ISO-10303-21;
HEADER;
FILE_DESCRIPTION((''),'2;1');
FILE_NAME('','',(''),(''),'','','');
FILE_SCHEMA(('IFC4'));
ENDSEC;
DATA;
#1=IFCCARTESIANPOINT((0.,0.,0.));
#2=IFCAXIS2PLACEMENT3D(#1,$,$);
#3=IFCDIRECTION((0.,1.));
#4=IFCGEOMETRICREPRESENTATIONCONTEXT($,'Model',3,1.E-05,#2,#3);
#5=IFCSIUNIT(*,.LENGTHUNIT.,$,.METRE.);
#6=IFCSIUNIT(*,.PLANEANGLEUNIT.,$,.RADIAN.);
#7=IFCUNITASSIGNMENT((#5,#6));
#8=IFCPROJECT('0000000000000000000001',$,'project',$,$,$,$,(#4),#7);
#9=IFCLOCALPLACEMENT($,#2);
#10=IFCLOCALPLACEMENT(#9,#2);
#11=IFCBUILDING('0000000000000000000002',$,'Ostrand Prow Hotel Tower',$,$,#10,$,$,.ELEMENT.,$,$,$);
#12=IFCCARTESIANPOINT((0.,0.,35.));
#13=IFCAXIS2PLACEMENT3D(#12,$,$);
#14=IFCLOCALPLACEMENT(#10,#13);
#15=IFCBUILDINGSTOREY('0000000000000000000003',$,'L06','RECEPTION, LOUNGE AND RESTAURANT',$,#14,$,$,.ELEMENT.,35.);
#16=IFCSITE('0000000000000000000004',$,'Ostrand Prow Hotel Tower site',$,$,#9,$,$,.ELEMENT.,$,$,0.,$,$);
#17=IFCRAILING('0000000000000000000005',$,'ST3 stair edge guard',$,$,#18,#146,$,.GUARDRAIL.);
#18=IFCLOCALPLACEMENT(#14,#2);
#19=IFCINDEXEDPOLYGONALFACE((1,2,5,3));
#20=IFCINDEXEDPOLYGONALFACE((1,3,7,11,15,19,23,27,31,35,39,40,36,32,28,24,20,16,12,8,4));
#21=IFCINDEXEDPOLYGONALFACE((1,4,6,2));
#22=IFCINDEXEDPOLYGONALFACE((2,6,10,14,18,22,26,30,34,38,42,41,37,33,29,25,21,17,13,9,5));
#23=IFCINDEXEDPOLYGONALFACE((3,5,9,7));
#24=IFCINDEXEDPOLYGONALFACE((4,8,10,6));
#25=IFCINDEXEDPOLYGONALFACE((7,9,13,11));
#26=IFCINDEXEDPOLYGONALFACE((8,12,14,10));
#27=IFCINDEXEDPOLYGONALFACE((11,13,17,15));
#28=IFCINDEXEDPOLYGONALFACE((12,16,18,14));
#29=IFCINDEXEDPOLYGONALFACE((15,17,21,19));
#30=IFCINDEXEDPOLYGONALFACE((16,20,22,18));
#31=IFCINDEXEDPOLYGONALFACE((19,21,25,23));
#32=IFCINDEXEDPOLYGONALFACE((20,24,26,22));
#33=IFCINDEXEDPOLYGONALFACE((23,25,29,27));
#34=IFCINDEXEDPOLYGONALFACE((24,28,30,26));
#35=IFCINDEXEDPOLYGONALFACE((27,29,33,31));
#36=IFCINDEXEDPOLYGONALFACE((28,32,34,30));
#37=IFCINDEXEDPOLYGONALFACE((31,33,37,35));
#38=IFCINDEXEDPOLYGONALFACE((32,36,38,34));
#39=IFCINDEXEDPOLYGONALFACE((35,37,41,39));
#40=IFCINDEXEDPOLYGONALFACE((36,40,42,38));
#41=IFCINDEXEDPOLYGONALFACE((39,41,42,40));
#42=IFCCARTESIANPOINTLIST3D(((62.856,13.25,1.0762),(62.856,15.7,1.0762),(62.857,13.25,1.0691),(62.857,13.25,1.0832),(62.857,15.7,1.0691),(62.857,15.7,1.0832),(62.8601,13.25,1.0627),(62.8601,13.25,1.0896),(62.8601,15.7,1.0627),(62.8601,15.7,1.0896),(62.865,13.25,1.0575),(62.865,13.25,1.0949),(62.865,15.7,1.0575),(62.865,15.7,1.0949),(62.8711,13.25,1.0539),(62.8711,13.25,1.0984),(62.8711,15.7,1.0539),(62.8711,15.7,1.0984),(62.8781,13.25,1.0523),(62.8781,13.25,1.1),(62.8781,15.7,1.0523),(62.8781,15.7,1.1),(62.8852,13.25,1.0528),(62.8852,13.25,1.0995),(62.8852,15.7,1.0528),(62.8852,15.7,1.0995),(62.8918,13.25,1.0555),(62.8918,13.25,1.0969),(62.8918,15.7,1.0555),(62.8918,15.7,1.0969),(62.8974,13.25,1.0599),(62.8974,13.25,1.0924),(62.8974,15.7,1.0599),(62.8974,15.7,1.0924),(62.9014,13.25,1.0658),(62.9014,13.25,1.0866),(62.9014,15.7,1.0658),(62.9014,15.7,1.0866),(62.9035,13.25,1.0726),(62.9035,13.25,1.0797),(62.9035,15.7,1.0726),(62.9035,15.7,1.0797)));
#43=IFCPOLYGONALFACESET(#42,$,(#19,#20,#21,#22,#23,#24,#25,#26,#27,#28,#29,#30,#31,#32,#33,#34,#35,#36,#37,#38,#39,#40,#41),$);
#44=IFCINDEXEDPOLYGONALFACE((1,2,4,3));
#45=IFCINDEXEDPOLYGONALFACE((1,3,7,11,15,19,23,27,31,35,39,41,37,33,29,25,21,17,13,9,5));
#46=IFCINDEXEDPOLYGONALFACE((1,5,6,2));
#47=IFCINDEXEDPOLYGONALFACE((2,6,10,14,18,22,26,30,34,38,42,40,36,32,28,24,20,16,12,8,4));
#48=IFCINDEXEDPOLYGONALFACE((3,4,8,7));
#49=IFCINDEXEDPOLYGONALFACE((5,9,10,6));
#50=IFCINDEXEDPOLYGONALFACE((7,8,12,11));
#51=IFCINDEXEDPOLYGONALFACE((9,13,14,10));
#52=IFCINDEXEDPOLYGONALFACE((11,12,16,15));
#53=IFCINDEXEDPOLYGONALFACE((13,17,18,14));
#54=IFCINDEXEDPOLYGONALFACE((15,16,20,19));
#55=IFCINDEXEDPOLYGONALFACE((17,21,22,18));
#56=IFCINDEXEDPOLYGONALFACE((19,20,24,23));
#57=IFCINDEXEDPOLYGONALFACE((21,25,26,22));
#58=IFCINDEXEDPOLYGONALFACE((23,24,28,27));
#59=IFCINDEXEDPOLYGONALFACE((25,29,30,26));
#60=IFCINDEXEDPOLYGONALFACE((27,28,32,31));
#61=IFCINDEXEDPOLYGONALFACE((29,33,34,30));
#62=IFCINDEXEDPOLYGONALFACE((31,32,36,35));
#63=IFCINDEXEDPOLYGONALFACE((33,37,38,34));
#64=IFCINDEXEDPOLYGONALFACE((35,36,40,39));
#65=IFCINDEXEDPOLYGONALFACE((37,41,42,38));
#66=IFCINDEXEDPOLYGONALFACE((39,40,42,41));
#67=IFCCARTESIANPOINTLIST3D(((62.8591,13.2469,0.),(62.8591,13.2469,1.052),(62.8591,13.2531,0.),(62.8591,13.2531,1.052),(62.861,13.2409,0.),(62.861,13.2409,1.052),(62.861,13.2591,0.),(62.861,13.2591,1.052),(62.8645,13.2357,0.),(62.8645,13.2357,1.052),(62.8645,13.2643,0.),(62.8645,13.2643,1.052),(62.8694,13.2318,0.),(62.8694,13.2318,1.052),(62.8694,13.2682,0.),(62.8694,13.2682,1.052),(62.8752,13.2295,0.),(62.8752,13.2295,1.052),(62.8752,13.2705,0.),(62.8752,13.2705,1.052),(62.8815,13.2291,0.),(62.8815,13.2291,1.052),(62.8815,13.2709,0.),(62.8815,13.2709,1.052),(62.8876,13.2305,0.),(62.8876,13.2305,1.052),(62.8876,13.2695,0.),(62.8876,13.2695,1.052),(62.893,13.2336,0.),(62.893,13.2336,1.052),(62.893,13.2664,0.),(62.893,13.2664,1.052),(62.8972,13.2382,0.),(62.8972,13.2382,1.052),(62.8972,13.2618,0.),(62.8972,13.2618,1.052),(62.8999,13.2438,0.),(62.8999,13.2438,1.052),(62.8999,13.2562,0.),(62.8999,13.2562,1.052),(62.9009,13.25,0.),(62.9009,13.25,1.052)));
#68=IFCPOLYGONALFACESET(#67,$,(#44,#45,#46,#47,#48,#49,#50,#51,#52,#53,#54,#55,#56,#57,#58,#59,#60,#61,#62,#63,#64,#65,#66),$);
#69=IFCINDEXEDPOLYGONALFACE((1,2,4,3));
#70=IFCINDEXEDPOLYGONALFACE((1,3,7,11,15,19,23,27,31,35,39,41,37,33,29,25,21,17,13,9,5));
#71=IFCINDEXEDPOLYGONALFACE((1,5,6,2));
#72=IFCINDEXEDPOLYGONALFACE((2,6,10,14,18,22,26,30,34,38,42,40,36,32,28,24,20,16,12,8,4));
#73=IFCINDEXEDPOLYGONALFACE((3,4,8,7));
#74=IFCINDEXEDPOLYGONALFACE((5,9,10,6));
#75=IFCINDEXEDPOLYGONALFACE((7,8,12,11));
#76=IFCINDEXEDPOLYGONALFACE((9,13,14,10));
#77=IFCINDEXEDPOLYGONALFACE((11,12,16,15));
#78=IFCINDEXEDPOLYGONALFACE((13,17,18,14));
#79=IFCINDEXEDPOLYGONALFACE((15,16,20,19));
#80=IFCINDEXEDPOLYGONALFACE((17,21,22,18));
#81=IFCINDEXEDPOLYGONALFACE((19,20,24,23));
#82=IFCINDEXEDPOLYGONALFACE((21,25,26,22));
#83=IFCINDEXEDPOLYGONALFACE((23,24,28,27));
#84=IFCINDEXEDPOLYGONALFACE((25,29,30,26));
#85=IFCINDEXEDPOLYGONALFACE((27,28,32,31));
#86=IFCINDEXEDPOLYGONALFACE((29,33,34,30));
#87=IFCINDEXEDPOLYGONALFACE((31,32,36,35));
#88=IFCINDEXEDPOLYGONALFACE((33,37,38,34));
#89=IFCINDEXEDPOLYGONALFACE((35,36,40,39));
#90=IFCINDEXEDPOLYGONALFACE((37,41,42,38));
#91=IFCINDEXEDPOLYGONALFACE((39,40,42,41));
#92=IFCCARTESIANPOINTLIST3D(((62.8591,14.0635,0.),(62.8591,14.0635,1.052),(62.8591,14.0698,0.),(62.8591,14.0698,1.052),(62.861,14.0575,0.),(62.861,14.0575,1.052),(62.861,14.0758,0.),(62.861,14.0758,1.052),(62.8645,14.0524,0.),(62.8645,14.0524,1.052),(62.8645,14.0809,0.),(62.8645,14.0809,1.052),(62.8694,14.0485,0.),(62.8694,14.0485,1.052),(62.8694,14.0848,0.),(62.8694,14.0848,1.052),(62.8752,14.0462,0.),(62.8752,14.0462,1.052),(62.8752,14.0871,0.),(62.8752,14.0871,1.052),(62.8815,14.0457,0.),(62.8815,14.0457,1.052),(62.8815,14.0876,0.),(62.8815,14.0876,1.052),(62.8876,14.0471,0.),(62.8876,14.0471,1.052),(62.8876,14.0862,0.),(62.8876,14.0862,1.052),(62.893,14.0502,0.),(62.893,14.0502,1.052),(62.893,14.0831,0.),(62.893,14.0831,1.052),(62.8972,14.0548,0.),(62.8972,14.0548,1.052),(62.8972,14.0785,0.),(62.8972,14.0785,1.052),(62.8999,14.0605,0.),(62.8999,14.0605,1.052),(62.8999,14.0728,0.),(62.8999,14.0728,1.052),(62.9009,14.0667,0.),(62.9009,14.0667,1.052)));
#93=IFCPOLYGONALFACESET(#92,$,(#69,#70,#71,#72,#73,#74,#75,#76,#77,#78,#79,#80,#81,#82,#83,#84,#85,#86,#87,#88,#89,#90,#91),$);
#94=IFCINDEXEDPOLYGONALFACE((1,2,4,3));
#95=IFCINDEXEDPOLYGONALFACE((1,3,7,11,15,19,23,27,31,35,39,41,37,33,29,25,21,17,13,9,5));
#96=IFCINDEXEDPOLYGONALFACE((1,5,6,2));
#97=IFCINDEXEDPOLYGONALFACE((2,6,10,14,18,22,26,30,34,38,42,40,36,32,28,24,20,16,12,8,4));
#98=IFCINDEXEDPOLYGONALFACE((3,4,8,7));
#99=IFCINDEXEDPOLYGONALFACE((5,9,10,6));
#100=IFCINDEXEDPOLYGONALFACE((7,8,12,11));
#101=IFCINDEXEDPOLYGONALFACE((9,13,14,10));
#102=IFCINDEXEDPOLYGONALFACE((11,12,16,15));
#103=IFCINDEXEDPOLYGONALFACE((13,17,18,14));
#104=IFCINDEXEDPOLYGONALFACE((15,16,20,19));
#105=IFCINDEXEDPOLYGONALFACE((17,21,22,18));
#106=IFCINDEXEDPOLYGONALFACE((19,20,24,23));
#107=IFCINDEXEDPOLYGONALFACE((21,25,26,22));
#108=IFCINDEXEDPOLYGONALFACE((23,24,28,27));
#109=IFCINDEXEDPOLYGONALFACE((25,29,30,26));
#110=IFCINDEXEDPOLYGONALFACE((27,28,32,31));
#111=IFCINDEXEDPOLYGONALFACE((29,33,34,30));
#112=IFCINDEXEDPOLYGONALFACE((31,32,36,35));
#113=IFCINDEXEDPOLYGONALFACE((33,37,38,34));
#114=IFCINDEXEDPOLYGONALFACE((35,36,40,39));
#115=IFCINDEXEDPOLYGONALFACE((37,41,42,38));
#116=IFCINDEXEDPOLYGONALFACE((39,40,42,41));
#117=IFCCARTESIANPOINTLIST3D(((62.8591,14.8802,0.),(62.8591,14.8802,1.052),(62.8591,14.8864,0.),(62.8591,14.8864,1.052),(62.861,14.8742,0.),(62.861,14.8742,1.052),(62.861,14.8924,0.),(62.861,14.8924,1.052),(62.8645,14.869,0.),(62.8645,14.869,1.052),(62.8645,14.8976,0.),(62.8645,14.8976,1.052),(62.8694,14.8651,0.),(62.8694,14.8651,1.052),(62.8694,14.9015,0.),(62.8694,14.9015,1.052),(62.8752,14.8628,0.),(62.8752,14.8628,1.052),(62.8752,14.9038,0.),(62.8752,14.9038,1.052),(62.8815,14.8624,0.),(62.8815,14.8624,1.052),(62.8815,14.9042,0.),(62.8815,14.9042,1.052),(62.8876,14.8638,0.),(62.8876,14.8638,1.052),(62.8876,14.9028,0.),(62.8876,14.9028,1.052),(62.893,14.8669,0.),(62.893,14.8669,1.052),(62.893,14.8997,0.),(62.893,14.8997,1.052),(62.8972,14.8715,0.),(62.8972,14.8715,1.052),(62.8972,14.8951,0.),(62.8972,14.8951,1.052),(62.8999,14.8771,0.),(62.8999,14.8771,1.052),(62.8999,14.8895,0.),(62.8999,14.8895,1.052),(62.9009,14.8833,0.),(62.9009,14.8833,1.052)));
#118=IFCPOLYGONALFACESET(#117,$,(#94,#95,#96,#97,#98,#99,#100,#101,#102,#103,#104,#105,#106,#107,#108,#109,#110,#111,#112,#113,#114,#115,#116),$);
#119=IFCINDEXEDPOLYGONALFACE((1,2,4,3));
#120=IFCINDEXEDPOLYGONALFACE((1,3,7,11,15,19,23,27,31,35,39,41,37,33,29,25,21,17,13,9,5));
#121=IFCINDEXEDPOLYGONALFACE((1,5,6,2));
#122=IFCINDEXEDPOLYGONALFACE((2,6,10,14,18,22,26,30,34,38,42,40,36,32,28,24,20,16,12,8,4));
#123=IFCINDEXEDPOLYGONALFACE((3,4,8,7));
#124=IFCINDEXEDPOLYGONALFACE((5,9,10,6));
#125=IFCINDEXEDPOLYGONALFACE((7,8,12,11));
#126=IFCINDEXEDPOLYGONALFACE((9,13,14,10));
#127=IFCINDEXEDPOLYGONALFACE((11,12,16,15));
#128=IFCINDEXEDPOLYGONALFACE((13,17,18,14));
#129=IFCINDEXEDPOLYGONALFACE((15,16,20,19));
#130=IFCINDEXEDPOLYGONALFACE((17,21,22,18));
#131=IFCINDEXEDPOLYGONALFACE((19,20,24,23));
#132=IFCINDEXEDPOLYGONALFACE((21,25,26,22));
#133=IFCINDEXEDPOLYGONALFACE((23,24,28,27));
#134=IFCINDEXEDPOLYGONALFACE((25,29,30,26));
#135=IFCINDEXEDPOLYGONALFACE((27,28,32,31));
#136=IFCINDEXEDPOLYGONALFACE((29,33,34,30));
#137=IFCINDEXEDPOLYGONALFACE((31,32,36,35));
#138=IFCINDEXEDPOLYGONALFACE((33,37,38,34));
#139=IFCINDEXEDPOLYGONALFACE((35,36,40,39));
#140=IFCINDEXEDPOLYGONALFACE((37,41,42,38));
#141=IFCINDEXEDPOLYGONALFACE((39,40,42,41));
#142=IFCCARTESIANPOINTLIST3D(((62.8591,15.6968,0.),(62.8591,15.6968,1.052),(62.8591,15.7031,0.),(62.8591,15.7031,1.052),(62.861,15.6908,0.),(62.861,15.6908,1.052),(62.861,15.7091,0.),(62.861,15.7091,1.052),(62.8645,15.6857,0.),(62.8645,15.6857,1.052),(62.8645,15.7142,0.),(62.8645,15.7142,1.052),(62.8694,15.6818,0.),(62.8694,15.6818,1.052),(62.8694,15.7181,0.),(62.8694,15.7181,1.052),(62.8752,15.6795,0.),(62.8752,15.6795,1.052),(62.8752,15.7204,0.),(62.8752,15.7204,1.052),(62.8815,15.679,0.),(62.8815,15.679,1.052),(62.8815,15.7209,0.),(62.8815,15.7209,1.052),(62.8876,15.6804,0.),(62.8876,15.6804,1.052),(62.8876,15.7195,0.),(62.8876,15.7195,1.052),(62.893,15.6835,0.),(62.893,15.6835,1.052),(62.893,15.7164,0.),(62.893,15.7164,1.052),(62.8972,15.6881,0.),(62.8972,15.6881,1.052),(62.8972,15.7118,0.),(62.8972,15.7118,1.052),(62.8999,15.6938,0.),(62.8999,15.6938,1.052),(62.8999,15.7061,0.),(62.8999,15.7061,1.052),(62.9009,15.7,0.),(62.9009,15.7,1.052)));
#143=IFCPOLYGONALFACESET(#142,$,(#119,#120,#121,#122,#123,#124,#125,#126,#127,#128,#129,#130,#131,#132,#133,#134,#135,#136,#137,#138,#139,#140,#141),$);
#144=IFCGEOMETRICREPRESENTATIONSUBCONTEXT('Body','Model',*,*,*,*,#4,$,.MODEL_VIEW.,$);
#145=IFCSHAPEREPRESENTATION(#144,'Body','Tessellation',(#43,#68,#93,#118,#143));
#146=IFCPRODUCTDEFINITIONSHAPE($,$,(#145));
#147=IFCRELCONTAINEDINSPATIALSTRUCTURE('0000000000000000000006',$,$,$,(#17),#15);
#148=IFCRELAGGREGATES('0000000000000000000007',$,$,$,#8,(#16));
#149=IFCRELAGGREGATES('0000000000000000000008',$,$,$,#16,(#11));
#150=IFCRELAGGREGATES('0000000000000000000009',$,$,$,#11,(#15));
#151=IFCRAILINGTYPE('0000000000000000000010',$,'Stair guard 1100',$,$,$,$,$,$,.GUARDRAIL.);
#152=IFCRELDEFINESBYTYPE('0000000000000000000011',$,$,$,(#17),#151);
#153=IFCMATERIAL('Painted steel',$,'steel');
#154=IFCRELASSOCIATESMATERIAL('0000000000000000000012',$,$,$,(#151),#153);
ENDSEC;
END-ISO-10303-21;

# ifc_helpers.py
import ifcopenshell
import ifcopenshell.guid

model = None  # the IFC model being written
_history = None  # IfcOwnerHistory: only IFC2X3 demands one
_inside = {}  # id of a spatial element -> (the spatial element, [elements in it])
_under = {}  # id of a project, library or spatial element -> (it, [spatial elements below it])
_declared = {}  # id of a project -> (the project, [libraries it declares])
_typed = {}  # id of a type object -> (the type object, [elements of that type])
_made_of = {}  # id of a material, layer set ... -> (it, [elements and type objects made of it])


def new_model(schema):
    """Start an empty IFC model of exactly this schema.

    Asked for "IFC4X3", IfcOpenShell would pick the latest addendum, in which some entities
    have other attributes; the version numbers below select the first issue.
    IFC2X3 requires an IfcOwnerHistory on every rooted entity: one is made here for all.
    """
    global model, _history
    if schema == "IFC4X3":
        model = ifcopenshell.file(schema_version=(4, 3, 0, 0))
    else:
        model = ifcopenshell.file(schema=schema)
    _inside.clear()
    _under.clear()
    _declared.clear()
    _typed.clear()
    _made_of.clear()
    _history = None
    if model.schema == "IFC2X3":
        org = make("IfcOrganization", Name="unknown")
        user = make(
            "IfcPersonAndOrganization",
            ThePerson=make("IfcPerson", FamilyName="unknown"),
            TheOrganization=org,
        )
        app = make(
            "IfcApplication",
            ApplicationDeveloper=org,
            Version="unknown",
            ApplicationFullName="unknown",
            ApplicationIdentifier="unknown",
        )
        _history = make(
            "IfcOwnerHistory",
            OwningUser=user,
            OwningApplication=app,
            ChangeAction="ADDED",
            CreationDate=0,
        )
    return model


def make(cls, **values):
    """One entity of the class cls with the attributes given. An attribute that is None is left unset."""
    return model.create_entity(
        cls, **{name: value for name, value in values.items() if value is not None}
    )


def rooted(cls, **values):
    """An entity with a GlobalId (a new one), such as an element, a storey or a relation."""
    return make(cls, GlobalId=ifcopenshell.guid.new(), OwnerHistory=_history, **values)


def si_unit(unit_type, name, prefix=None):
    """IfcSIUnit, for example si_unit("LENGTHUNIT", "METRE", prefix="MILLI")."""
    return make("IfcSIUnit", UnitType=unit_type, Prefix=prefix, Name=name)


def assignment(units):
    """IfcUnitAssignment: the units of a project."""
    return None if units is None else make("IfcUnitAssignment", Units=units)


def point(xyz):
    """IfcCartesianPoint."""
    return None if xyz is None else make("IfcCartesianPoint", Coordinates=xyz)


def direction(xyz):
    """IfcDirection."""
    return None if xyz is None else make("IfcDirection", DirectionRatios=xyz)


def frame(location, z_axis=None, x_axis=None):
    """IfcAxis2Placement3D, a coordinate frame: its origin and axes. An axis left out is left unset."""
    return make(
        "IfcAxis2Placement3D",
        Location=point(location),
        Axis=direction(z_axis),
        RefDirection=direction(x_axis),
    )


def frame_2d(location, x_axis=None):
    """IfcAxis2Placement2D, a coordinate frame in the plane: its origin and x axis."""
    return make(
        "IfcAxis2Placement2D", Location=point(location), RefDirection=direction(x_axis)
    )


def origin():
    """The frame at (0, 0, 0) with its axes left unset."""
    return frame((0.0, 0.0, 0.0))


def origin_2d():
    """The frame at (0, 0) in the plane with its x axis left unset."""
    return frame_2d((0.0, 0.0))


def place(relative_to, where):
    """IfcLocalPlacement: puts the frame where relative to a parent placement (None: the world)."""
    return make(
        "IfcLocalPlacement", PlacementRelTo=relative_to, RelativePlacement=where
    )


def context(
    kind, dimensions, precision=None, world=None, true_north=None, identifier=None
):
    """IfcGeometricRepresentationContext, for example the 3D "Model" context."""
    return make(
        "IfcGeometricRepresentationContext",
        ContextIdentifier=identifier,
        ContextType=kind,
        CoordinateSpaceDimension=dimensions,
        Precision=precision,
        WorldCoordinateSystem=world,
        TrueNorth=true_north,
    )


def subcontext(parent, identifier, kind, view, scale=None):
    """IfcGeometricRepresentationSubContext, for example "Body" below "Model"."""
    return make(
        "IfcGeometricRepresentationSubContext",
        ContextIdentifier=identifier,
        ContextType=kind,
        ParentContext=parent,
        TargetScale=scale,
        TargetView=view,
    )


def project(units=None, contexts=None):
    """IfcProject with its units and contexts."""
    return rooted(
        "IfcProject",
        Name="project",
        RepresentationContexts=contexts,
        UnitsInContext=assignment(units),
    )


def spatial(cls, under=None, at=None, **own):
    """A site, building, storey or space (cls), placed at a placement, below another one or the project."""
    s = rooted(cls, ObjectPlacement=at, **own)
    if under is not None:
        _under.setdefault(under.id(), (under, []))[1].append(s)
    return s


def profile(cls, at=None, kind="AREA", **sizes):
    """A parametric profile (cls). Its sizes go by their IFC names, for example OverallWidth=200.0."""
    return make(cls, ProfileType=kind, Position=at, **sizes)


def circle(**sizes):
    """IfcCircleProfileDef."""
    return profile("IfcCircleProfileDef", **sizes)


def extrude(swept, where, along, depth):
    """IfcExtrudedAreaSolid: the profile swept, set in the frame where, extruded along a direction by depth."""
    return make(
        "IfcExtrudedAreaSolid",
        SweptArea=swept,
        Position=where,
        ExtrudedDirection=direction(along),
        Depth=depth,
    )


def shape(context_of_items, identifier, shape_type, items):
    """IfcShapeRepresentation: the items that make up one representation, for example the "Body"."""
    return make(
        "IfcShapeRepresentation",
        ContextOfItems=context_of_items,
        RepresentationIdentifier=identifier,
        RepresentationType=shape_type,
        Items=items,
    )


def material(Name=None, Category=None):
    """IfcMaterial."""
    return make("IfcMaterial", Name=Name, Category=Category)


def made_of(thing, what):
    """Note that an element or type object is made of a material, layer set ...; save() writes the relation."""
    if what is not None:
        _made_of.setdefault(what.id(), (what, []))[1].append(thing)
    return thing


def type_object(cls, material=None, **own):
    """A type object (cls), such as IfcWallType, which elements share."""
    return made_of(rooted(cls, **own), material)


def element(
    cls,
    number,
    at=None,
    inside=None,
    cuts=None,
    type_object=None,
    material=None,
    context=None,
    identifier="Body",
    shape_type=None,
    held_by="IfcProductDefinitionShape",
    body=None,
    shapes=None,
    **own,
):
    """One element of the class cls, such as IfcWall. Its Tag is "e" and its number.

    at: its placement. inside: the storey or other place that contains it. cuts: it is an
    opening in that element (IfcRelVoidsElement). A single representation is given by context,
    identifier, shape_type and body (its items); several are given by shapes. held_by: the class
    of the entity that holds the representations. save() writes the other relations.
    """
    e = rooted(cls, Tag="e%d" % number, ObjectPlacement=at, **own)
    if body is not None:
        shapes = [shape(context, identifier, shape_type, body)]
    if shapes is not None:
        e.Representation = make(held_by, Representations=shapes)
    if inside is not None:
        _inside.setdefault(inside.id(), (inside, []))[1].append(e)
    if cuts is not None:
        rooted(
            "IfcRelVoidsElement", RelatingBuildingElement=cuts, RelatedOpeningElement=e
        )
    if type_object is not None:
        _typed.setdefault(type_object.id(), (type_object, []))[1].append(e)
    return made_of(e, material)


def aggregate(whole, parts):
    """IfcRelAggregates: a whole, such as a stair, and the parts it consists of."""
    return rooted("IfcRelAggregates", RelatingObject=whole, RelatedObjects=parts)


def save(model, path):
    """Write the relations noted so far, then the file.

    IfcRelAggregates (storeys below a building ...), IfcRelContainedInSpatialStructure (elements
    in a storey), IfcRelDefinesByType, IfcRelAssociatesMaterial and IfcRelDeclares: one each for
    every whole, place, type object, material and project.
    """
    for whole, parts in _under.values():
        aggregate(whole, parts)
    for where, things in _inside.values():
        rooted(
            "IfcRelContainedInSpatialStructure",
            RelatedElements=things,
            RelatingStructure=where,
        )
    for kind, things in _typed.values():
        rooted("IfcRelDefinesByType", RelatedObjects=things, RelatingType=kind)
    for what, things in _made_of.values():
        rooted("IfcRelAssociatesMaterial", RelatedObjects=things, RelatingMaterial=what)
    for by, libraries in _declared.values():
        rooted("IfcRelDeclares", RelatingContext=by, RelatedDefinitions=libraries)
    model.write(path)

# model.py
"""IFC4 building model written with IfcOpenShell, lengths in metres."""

from ifc_helpers import new_model, si_unit, direction, frame, origin, origin_2d, place, context, subcontext, project, spatial, circle, extrude, material, type_object, element, save


model = new_model("IFC4")

# Units and contexts
model_context = context("Model", 3, precision=1e-05, world=origin(), true_north=direction((0.0, 1.0)))
body_context = subcontext(model_context, "Body", "Model", "MODEL_VIEW")
ifc_project = project(units=[si_unit("LENGTHUNIT", "METRE"), si_unit("PLANEANGLEUNIT", "RADIAN")], contexts=[model_context])

# Site, building, storey
site_placement = place(None, origin())
site = spatial("IfcSite", under=ifc_project, at=site_placement, Name="Ostrand Prow Hotel Tower site", CompositionType="ELEMENT", RefElevation=0.0)
building_placement = place(site_placement, origin())
building = spatial("IfcBuilding", under=site, at=building_placement, Name="Ostrand Prow Hotel Tower", CompositionType="ELEMENT")
storey_placement = place(building_placement, frame((0.0, 0.0, 35.0)))
storey = spatial("IfcBuildingStorey", under=building, at=storey_placement, Name="L06", Description="RECEPTION, LOUNGE AND RESTAURANT", CompositionType="ELEMENT", Elevation=35.0)

# Railing
ifc_material_1 = material(Name="Painted steel", Category="steel")
railing_type_1 = type_object("IfcRailingType", Name="Stair guard 1100", PredefinedType="GUARDRAIL", material=ifc_material_1)
railing_1_placement = place(storey_placement, frame((62.8799, 13.25, 0.0)))
element("IfcRailing", 1, at=railing_1_placement, inside=storey, type_object=railing_type_1, Name="ST3 stair edge guard", PredefinedType="GUARDRAIL", context=body_context, shape_type="SweptSolid", body=[
    extrude(circle(Radius=0.0239, at=origin_2d()), frame((0.0, 0.0, 1.0762), z_axis=(0.0, 1.0, 0.0), x_axis=(-1.0, 0.0, 0.0)), (0.0, 0.0, 1.0), 2.45),
    extrude(circle(Radius=0.021, at=origin_2d()), origin(), (0.0, 0.0, 1.0), 1.052),
    extrude(circle(Radius=0.021, at=origin_2d()), frame((0.0, 0.8167, 0.0)), (0.0, 0.0, 1.0), 1.052),
    extrude(circle(Radius=0.021, at=origin_2d()), frame((0.0, 1.6333, 0.0)), (0.0, 0.0, 1.0), 1.052),
    extrude(circle(Radius=0.021, at=origin_2d()), frame((0.0, 2.45, 0.0)), (0.0, 0.0, 1.0), 1.052),
])

save(model, "model.ifc")
